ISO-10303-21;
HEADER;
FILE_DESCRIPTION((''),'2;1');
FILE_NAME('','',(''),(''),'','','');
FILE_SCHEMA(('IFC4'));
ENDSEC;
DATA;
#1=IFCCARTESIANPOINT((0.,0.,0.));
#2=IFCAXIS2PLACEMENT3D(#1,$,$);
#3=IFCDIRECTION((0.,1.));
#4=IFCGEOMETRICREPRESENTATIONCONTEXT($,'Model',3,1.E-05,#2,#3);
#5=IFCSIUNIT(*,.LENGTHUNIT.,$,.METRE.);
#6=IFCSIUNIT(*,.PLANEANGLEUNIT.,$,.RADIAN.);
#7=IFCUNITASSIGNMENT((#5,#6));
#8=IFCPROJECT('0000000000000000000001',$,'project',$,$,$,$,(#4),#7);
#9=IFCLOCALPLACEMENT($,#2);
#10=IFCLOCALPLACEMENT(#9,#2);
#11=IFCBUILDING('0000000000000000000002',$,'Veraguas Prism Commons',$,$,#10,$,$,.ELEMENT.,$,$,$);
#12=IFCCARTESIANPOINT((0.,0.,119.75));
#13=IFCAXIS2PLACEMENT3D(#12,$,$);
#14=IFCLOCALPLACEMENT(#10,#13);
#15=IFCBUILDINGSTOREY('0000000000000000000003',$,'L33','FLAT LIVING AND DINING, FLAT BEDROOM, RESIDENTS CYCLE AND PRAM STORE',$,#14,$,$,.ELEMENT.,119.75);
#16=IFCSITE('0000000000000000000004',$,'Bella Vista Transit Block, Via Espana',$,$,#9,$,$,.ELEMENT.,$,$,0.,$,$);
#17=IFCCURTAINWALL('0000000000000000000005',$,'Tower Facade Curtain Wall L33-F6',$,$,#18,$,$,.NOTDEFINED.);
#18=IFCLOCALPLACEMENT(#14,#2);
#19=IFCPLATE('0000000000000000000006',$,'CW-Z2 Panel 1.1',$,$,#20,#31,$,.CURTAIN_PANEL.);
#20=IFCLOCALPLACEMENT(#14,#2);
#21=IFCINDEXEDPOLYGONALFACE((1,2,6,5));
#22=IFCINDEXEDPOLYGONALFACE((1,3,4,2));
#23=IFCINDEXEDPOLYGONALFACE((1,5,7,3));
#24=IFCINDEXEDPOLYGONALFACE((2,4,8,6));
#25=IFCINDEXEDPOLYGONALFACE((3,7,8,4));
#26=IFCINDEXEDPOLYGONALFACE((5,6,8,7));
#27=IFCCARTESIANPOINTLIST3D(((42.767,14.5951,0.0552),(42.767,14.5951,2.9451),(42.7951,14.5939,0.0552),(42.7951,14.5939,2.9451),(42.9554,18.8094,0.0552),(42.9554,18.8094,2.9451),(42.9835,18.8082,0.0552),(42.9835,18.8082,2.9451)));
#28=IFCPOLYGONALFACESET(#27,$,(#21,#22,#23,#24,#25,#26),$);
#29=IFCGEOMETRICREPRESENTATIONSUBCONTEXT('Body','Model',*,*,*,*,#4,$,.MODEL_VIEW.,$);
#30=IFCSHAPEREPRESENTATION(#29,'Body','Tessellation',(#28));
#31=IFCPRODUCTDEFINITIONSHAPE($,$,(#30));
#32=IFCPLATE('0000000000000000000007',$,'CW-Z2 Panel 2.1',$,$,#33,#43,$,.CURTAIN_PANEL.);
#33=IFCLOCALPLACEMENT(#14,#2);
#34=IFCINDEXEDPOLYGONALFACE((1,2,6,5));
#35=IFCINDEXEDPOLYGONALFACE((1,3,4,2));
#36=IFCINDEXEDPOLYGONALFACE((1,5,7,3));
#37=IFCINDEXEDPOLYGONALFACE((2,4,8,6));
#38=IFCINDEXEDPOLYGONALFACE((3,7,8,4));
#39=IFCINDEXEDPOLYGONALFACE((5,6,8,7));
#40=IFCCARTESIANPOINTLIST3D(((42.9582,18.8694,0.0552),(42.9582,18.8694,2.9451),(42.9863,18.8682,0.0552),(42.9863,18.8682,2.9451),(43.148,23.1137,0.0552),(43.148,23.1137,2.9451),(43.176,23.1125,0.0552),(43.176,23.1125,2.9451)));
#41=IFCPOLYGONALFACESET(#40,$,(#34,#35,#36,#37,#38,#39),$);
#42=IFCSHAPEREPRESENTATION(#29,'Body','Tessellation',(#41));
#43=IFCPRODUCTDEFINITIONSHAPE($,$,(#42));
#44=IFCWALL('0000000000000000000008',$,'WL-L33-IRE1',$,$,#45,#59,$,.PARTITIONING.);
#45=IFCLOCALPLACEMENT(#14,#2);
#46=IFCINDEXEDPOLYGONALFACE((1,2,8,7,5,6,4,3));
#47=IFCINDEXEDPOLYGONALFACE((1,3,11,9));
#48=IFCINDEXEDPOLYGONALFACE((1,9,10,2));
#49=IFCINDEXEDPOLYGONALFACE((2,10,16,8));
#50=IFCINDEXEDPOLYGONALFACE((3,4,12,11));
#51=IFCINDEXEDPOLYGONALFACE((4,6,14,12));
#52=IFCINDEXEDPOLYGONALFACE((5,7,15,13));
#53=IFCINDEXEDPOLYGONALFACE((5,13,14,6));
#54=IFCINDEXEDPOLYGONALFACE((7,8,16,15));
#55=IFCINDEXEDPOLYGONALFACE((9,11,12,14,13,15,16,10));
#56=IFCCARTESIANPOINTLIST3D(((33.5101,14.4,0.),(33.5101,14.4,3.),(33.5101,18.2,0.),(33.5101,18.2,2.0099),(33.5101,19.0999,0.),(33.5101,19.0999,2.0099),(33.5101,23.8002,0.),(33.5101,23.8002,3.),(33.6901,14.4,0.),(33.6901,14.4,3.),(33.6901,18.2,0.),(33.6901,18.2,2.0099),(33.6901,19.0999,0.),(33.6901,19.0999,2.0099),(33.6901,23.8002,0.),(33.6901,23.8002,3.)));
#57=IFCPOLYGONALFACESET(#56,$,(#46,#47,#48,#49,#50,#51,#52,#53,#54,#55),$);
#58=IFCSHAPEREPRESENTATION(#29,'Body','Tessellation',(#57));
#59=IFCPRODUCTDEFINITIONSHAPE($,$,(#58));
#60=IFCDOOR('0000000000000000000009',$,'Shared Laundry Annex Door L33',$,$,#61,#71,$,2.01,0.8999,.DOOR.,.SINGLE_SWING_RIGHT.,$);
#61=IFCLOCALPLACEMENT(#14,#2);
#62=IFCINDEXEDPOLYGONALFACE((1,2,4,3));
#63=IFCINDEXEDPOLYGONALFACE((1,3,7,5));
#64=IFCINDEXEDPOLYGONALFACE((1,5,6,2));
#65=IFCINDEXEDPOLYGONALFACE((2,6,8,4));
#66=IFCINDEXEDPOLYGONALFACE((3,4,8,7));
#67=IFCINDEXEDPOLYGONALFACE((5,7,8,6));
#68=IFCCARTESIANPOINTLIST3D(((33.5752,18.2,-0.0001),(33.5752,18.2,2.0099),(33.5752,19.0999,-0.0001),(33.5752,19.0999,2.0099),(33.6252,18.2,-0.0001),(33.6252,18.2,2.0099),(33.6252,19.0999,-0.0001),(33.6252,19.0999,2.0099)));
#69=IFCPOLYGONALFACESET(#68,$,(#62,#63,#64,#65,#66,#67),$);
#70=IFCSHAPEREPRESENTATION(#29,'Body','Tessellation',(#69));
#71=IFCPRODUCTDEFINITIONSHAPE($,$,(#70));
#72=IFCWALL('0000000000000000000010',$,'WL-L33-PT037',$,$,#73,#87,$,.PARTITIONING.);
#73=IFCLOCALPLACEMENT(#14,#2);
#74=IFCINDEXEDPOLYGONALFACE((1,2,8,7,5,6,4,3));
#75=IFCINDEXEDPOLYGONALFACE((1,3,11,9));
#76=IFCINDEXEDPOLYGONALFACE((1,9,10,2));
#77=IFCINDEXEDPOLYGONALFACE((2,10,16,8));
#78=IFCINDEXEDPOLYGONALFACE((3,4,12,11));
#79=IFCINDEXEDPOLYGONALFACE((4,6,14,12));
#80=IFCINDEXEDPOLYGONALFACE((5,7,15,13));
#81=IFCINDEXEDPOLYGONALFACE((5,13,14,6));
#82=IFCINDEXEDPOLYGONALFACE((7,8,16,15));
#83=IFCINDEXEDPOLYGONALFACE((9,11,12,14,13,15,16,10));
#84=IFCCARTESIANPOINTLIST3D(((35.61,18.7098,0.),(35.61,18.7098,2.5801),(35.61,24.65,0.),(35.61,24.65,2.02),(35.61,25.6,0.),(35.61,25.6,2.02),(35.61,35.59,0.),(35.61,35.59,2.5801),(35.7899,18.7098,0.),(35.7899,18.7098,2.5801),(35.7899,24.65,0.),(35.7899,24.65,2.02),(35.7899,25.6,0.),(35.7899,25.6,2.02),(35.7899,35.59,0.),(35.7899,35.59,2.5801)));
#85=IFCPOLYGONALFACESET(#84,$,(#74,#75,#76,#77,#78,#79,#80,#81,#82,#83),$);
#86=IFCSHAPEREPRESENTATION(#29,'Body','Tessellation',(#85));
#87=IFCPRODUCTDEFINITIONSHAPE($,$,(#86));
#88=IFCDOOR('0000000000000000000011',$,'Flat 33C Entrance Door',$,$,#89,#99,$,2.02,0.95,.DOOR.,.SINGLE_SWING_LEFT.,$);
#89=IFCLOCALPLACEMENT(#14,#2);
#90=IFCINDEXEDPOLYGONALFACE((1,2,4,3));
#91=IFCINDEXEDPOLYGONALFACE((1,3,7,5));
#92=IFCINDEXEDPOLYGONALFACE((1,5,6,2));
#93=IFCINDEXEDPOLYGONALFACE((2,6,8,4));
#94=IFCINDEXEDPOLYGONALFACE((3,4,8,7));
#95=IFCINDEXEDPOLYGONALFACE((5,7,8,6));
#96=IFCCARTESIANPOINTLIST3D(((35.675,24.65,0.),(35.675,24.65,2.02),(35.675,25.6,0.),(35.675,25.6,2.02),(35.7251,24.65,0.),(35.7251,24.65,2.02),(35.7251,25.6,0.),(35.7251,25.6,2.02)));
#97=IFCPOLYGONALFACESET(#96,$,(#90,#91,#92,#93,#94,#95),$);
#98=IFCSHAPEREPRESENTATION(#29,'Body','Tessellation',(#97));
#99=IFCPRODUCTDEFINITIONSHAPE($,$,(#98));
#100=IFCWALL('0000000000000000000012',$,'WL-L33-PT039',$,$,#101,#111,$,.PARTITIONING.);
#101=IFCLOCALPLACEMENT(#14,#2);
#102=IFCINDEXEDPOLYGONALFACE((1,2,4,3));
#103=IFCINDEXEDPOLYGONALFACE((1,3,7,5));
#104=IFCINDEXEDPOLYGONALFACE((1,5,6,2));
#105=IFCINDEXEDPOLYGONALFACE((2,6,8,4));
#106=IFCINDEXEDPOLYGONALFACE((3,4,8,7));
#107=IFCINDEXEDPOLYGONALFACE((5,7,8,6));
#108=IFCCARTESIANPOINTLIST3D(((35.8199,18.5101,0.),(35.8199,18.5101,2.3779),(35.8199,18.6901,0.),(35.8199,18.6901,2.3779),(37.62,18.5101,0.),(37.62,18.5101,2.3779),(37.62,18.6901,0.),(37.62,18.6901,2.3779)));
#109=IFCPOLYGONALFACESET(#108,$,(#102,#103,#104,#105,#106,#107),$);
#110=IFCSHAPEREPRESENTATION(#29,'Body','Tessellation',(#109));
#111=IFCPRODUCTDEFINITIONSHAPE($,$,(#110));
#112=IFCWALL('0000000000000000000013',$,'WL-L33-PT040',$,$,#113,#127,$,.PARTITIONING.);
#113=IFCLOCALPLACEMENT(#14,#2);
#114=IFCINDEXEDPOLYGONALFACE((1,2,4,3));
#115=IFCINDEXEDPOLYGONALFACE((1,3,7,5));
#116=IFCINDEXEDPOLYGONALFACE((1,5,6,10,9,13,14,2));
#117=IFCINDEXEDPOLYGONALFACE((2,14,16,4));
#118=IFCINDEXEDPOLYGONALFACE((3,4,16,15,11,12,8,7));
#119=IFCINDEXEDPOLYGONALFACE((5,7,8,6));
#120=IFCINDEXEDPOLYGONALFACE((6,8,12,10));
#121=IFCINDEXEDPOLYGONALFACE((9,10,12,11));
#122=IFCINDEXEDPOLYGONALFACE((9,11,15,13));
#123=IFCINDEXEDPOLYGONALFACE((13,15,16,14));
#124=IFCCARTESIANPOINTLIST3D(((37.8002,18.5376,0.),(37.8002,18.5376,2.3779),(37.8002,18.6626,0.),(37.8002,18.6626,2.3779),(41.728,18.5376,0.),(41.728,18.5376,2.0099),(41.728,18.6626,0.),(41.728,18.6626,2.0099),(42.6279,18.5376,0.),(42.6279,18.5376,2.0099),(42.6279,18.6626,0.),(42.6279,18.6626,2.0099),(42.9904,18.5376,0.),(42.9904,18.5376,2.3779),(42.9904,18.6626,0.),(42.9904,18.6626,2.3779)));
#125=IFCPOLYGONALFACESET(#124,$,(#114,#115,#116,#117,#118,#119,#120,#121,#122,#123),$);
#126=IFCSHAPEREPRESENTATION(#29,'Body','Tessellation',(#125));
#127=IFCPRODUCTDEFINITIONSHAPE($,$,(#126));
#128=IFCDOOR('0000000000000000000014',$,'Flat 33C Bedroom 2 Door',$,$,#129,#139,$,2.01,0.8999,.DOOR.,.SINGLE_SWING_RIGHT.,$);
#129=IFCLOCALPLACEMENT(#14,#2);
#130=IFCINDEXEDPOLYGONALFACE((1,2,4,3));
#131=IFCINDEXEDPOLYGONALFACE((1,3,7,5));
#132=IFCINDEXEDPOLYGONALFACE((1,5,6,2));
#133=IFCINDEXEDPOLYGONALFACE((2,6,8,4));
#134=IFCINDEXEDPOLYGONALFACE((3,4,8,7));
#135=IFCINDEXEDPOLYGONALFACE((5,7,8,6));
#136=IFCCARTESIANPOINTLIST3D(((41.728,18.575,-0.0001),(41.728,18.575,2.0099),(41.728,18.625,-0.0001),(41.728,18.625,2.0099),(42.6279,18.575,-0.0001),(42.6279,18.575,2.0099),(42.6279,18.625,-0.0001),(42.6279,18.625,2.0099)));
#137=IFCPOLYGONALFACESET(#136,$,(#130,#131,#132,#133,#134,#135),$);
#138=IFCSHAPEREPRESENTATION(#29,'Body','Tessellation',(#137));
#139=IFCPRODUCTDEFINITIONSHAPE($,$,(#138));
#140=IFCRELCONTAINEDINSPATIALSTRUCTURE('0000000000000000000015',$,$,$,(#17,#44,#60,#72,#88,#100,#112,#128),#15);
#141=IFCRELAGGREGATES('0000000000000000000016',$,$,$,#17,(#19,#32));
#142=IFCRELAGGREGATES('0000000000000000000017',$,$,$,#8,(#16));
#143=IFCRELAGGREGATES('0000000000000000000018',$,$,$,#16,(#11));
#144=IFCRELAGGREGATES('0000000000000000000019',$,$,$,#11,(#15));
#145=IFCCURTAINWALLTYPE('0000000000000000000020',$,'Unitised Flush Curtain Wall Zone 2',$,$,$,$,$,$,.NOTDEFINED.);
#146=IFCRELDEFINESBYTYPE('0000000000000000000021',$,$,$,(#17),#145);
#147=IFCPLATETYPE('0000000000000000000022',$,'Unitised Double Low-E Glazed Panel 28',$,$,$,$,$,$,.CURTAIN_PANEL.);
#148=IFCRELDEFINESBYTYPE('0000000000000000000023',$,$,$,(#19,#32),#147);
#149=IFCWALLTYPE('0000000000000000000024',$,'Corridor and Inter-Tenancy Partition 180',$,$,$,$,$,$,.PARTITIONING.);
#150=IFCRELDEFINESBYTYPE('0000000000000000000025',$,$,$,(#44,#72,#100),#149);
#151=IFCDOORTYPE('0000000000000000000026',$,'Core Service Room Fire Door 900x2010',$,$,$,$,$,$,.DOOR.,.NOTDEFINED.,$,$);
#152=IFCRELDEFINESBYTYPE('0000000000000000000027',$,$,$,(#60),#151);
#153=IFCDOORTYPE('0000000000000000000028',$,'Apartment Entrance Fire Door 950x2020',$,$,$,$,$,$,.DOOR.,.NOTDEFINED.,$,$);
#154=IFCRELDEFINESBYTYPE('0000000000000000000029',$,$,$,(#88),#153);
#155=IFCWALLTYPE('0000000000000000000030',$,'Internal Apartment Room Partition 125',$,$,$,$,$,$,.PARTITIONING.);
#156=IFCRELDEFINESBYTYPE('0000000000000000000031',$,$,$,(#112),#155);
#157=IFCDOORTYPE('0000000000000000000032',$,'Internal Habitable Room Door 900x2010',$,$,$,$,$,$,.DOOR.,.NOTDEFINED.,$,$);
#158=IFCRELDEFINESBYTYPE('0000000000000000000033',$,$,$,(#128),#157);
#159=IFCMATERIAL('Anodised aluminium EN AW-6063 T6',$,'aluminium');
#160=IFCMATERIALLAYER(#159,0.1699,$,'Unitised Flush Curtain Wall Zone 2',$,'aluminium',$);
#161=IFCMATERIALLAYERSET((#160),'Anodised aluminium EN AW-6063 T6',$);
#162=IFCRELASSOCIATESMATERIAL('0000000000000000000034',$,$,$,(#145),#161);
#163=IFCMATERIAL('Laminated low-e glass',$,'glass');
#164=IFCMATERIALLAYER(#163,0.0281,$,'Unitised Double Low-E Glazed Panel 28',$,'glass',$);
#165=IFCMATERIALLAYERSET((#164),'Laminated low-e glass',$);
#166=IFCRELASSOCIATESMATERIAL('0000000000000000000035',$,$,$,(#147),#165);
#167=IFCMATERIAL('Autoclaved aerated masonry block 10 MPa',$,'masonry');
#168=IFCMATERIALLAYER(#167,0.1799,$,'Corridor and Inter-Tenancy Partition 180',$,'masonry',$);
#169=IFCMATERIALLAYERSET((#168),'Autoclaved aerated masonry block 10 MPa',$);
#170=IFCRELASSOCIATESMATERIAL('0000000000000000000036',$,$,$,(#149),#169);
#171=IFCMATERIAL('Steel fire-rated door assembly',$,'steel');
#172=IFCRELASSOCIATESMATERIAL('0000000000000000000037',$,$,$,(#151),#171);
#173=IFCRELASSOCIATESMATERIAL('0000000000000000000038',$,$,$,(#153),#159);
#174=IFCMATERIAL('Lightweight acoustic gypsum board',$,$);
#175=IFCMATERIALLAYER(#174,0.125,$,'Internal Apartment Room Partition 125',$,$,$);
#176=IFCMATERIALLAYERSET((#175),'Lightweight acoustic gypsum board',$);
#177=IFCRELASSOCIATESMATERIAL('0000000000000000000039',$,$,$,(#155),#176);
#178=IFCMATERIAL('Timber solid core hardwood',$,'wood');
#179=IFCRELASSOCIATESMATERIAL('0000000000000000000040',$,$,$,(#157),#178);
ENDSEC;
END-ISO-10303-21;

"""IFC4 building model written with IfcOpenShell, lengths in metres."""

from ifc_helpers import new_model, si_unit, direction, frame, frame_2d, origin, origin_2d, place, context, subcontext, project, spatial, rectangle, extrude, source, transform, mapped, material, layer, layer_set, type_object, element, fill, aggregate, save


model = new_model("IFC4")

# Units and contexts
model_context = context("Model", 3, precision=1e-05, world=origin(), true_north=direction((0.0, 1.0)))
body_context = subcontext(model_context, "Body", "Model", "MODEL_VIEW")
ifc_project = project(units=[si_unit("LENGTHUNIT", "METRE"), si_unit("PLANEANGLEUNIT", "RADIAN")], contexts=[model_context])

# Site, building, storey
site_placement = place(None, origin())
site = spatial("IfcSite", under=ifc_project, at=site_placement, Name="Bella Vista Transit Block, Via Espana", CompositionType="ELEMENT", RefElevation=0.0)
building_placement = place(site_placement, origin())
building = spatial("IfcBuilding", under=site, at=building_placement, Name="Veraguas Prism Commons", CompositionType="ELEMENT")
storey_placement = place(building_placement, frame((0.0, 0.0, 119.75)))
storey = spatial("IfcBuildingStorey", under=building, at=storey_placement, Name="L33", Description="FLAT LIVING AND DINING, FLAT BEDROOM, RESIDENTS CYCLE AND PRAM STORE", CompositionType="ELEMENT", Elevation=119.75)

# Curtain wall, plates
ifc_material_1 = material(Name="Anodised aluminium EN AW-6063 T6", Category="aluminium")
ifc_layer_1 = layer(ifc_material_1, 0.1699, Name="Unitised Flush Curtain Wall Zone 2", Category="aluminium")
ifc_layer_set_1 = layer_set([ifc_layer_1], Name="Anodised aluminium EN AW-6063 T6")
curtain_wall_type = type_object("IfcCurtainWallType", Name="Unitised Flush Curtain Wall Zone 2", PredefinedType="NOTDEFINED", material=ifc_layer_set_1)
curtain_wall_placement = place(storey_placement, origin())
curtain_wall = element("IfcCurtainWall", 1, at=curtain_wall_placement, inside=storey, type_object=curtain_wall_type, Name="Tower Facade Curtain Wall L33-F6", PredefinedType="NOTDEFINED")
ifc_material_2 = material(Name="Laminated low-e glass", Category="glass")
ifc_layer_2 = layer(ifc_material_2, 0.0281, Name="Unitised Double Low-E Glazed Panel 28", Category="glass")
ifc_layer_set_2 = layer_set([ifc_layer_2], Name="Laminated low-e glass")
plate_type = type_object("IfcPlateType", Name="Unitised Double Low-E Glazed Panel 28", PredefinedType="CURTAIN_PANEL", material=ifc_layer_set_2)
shared_shape_1 = source(origin(), body_context, "Body", "SweptSolid", [
    extrude(rectangle(XDim=4.2185, YDim=0.0281, at=origin_2d()), origin(), (0.0, 0.0, 1.0), 2.8899),
])
plate_1_placement = place(storey_placement, frame((42.8752, 16.7017, 0.0552), z_axis=(0.0, 0.0, 1.0), x_axis=(0.044667, 0.999002, 0.0)))
plate_1 = element("IfcPlate", 2, at=plate_1_placement, type_object=plate_type, Name="CW-Z2 Panel 1.1", PredefinedType="CURTAIN_PANEL", context=body_context, shape_type="MappedRepresentation", body=[
    mapped(shared_shape_1, transform((0.0, 0.0, 0.0), scale=1.0)),
])
shared_shape_2 = source(origin(), body_context, "Body", "SweptSolid", [
    extrude(rectangle(XDim=4.2485, YDim=0.0281, at=origin_2d()), origin(), (0.0, 0.0, 1.0), 2.8899),
])
plate_2_placement = place(storey_placement, frame((43.0671, 20.991, 0.0552), z_axis=(0.0, 0.0, 1.0), x_axis=(0.044667, 0.999002, 0.0)))
plate_2 = element("IfcPlate", 3, at=plate_2_placement, type_object=plate_type, Name="CW-Z2 Panel 2.1", PredefinedType="CURTAIN_PANEL", context=body_context, shape_type="MappedRepresentation", body=[
    mapped(shared_shape_2, transform((0.0, 0.0, 0.0), scale=1.0)),
])
aggregate(curtain_wall, [plate_1, plate_2])

# Walls, openings, doors
ifc_material_3 = material(Name="Autoclaved aerated masonry block 10 MPa", Category="masonry")
ifc_layer_3 = layer(ifc_material_3, 0.1799, Name="Corridor and Inter-Tenancy Partition 180", Category="masonry")
ifc_layer_set_3 = layer_set([ifc_layer_3], Name="Autoclaved aerated masonry block 10 MPa")
wall_type_1 = type_object("IfcWallType", Name="Corridor and Inter-Tenancy Partition 180", PredefinedType="PARTITIONING", material=ifc_layer_set_3)
wall_1_placement = place(storey_placement, frame((33.6001, 14.3999, 0.0), z_axis=(0.0, 0.0, 1.0), x_axis=(0.0, 1.0, 0.0)))
wall_1 = element("IfcWall", 4, at=wall_1_placement, inside=storey, type_object=wall_type_1, Name="WL-L33-IRE1", PredefinedType="PARTITIONING", context=body_context, shape_type="SweptSolid", body=[
    extrude(rectangle(XDim=9.4001, YDim=0.1799, at=frame_2d((4.7002, 0.0))), origin(), (0.0, 0.0, 1.0), 3.0),
])
opening_1_placement = place(wall_1_placement, frame((3.8, 0.0, 0.0)))
opening_1 = element("IfcOpeningElement", 5, at=opening_1_placement, cuts=wall_1, PredefinedType="OPENING", context=body_context, shape_type="SweptSolid", body=[
    extrude(rectangle(XDim=0.8999, YDim=2.01, at=frame_2d((0.45, 1.0049))), frame((0.0, 0.0999, 0.0), z_axis=(0.0, -1.0, 0.0), x_axis=(1.0, 0.0, 0.0)), (0.0, 0.0, 1.0), 0.2),
])
ifc_material_4 = material(Name="Steel fire-rated door assembly", Category="steel")
door_type_1 = type_object("IfcDoorType", Name="Core Service Room Fire Door 900x2010", OperationType="NOTDEFINED", PredefinedType="DOOR", material=ifc_material_4)
shared_shape_3 = source(origin(), body_context, "Body", "SweptSolid", [
    extrude(rectangle(XDim=0.8999, YDim=2.01, at=frame_2d((0.45, 1.0049))), frame((0.0, 0.0249, 0.0), z_axis=(0.0, -1.0, 0.0), x_axis=(1.0, 0.0, 0.0)), (0.0, 0.0, 1.0), 0.05),
])
door_1_placement = place(opening_1_placement, origin())
door_1 = element("IfcDoor", 6, at=door_1_placement, inside=storey, type_object=door_type_1, Name="Shared Laundry Annex Door L33", OperationType="SINGLE_SWING_RIGHT", OverallHeight=2.01, OverallWidth=0.8999, PredefinedType="DOOR", context=body_context, shape_type="MappedRepresentation", body=[
    mapped(shared_shape_3, transform((0.0, 0.0, 0.0), scale=1.0)),
])
fill(opening_1, door_1)
wall_2_placement = place(storey_placement, frame((35.7, 18.71, 0.0), z_axis=(0.0, 0.0, 1.0), x_axis=(0.0, 1.0, 0.0)))
wall_2 = element("IfcWall", 7, at=wall_2_placement, inside=storey, type_object=wall_type_1, Name="WL-L33-PT037", PredefinedType="PARTITIONING", context=body_context, shape_type="SweptSolid", body=[
    extrude(rectangle(XDim=16.8801, YDim=0.1799, at=frame_2d((8.4399, 0.0))), origin(), (0.0, 0.0, 1.0), 2.5801),
])
opening_2_placement = place(wall_2_placement, frame((5.9399, 0.0, 0.0)))
opening_2 = element("IfcOpeningElement", 8, at=opening_2_placement, cuts=wall_2, PredefinedType="OPENING", context=body_context, shape_type="SweptSolid", body=[
    extrude(rectangle(XDim=0.95, YDim=2.02, at=frame_2d((0.4751, 1.01))), frame((0.0, 0.0999, 0.0), z_axis=(0.0, -1.0, 0.0), x_axis=(1.0, 0.0, 0.0)), (0.0, 0.0, 1.0), 0.2),
])
door_type_2 = type_object("IfcDoorType", Name="Apartment Entrance Fire Door 950x2020", OperationType="NOTDEFINED", PredefinedType="DOOR", material=ifc_material_1)
shared_shape_4 = source(origin(), body_context, "Body", "SweptSolid", [
    extrude(rectangle(XDim=0.95, YDim=2.02, at=frame_2d((0.4751, 1.01))), frame((0.0, 0.0249, 0.0), z_axis=(0.0, -1.0, 0.0), x_axis=(1.0, 0.0, 0.0)), (0.0, 0.0, 1.0), 0.05),
])
door_2_placement = place(opening_2_placement, origin())
door_2 = element("IfcDoor", 9, at=door_2_placement, inside=storey, type_object=door_type_2, Name="Flat 33C Entrance Door", OperationType="SINGLE_SWING_LEFT", OverallHeight=2.02, OverallWidth=0.95, PredefinedType="DOOR", context=body_context, shape_type="MappedRepresentation", body=[
    mapped(shared_shape_4, transform((0.0, 0.0, 0.0), scale=1.0)),
])
fill(opening_2, door_2)

# Wall
wall_3_placement = place(storey_placement, frame((35.8201, 18.6001, 0.0), z_axis=(0.0, 0.0, 1.0), x_axis=(1.0, 0.0, 0.0)))
element("IfcWall", 10, at=wall_3_placement, inside=storey, type_object=wall_type_1, Name="WL-L33-PT039", PredefinedType="PARTITIONING", context=body_context, shape_type="SweptSolid", body=[
    extrude(rectangle(XDim=1.8, YDim=0.1799, at=frame_2d((0.8999, 0.0))), origin(), (0.0, 0.0, 1.0), 2.3779),
])

# Wall, opening, door
ifc_material_5 = material(Name="Lightweight acoustic gypsum board")
ifc_layer_4 = layer(ifc_material_5, 0.125, Name="Internal Apartment Room Partition 125")
ifc_layer_set_4 = layer_set([ifc_layer_4], Name="Lightweight acoustic gypsum board")
wall_type_2 = type_object("IfcWallType", Name="Internal Apartment Room Partition 125", PredefinedType="PARTITIONING", material=ifc_layer_set_4)
wall_4_placement = place(storey_placement, frame((37.8, 18.6001, 0.0), z_axis=(0.0, 0.0, 1.0), x_axis=(1.0, 0.0, 0.0)))
wall_4 = element("IfcWall", 11, at=wall_4_placement, inside=storey, type_object=wall_type_2, Name="WL-L33-PT040", PredefinedType="PARTITIONING", context=body_context, shape_type="SweptSolid", body=[
    extrude(rectangle(XDim=5.1902, YDim=0.125, at=frame_2d((2.5952, 0.0))), origin(), (0.0, 0.0, 1.0), 2.3779),
])
opening_3_placement = place(wall_4_placement, frame((3.928, 0.0, 0.0)))
opening_3 = element("IfcOpeningElement", 12, at=opening_3_placement, cuts=wall_4, PredefinedType="OPENING", context=body_context, shape_type="SweptSolid", body=[
    extrude(rectangle(XDim=0.8999, YDim=2.01, at=frame_2d((0.45, 1.0049))), frame((0.0, 0.0725, 0.0), z_axis=(0.0, -1.0, 0.0), x_axis=(1.0, 0.0, 0.0)), (0.0, 0.0, 1.0), 0.145),
])
ifc_material_6 = material(Name="Timber solid core hardwood", Category="wood")
door_type_3 = type_object("IfcDoorType", Name="Internal Habitable Room Door 900x2010", OperationType="NOTDEFINED", PredefinedType="DOOR", material=ifc_material_6)
door_3_placement = place(opening_3_placement, origin())
door_3 = element("IfcDoor", 13, at=door_3_placement, inside=storey, type_object=door_type_3, Name="Flat 33C Bedroom 2 Door", OperationType="SINGLE_SWING_RIGHT", OverallHeight=2.01, OverallWidth=0.8999, PredefinedType="DOOR", context=body_context, shape_type="MappedRepresentation", body=[
    mapped(shared_shape_3, transform((0.0, 0.0, 0.0), scale=1.0)),
])
fill(opening_3, door_3)

save(model, "model.ifc")
